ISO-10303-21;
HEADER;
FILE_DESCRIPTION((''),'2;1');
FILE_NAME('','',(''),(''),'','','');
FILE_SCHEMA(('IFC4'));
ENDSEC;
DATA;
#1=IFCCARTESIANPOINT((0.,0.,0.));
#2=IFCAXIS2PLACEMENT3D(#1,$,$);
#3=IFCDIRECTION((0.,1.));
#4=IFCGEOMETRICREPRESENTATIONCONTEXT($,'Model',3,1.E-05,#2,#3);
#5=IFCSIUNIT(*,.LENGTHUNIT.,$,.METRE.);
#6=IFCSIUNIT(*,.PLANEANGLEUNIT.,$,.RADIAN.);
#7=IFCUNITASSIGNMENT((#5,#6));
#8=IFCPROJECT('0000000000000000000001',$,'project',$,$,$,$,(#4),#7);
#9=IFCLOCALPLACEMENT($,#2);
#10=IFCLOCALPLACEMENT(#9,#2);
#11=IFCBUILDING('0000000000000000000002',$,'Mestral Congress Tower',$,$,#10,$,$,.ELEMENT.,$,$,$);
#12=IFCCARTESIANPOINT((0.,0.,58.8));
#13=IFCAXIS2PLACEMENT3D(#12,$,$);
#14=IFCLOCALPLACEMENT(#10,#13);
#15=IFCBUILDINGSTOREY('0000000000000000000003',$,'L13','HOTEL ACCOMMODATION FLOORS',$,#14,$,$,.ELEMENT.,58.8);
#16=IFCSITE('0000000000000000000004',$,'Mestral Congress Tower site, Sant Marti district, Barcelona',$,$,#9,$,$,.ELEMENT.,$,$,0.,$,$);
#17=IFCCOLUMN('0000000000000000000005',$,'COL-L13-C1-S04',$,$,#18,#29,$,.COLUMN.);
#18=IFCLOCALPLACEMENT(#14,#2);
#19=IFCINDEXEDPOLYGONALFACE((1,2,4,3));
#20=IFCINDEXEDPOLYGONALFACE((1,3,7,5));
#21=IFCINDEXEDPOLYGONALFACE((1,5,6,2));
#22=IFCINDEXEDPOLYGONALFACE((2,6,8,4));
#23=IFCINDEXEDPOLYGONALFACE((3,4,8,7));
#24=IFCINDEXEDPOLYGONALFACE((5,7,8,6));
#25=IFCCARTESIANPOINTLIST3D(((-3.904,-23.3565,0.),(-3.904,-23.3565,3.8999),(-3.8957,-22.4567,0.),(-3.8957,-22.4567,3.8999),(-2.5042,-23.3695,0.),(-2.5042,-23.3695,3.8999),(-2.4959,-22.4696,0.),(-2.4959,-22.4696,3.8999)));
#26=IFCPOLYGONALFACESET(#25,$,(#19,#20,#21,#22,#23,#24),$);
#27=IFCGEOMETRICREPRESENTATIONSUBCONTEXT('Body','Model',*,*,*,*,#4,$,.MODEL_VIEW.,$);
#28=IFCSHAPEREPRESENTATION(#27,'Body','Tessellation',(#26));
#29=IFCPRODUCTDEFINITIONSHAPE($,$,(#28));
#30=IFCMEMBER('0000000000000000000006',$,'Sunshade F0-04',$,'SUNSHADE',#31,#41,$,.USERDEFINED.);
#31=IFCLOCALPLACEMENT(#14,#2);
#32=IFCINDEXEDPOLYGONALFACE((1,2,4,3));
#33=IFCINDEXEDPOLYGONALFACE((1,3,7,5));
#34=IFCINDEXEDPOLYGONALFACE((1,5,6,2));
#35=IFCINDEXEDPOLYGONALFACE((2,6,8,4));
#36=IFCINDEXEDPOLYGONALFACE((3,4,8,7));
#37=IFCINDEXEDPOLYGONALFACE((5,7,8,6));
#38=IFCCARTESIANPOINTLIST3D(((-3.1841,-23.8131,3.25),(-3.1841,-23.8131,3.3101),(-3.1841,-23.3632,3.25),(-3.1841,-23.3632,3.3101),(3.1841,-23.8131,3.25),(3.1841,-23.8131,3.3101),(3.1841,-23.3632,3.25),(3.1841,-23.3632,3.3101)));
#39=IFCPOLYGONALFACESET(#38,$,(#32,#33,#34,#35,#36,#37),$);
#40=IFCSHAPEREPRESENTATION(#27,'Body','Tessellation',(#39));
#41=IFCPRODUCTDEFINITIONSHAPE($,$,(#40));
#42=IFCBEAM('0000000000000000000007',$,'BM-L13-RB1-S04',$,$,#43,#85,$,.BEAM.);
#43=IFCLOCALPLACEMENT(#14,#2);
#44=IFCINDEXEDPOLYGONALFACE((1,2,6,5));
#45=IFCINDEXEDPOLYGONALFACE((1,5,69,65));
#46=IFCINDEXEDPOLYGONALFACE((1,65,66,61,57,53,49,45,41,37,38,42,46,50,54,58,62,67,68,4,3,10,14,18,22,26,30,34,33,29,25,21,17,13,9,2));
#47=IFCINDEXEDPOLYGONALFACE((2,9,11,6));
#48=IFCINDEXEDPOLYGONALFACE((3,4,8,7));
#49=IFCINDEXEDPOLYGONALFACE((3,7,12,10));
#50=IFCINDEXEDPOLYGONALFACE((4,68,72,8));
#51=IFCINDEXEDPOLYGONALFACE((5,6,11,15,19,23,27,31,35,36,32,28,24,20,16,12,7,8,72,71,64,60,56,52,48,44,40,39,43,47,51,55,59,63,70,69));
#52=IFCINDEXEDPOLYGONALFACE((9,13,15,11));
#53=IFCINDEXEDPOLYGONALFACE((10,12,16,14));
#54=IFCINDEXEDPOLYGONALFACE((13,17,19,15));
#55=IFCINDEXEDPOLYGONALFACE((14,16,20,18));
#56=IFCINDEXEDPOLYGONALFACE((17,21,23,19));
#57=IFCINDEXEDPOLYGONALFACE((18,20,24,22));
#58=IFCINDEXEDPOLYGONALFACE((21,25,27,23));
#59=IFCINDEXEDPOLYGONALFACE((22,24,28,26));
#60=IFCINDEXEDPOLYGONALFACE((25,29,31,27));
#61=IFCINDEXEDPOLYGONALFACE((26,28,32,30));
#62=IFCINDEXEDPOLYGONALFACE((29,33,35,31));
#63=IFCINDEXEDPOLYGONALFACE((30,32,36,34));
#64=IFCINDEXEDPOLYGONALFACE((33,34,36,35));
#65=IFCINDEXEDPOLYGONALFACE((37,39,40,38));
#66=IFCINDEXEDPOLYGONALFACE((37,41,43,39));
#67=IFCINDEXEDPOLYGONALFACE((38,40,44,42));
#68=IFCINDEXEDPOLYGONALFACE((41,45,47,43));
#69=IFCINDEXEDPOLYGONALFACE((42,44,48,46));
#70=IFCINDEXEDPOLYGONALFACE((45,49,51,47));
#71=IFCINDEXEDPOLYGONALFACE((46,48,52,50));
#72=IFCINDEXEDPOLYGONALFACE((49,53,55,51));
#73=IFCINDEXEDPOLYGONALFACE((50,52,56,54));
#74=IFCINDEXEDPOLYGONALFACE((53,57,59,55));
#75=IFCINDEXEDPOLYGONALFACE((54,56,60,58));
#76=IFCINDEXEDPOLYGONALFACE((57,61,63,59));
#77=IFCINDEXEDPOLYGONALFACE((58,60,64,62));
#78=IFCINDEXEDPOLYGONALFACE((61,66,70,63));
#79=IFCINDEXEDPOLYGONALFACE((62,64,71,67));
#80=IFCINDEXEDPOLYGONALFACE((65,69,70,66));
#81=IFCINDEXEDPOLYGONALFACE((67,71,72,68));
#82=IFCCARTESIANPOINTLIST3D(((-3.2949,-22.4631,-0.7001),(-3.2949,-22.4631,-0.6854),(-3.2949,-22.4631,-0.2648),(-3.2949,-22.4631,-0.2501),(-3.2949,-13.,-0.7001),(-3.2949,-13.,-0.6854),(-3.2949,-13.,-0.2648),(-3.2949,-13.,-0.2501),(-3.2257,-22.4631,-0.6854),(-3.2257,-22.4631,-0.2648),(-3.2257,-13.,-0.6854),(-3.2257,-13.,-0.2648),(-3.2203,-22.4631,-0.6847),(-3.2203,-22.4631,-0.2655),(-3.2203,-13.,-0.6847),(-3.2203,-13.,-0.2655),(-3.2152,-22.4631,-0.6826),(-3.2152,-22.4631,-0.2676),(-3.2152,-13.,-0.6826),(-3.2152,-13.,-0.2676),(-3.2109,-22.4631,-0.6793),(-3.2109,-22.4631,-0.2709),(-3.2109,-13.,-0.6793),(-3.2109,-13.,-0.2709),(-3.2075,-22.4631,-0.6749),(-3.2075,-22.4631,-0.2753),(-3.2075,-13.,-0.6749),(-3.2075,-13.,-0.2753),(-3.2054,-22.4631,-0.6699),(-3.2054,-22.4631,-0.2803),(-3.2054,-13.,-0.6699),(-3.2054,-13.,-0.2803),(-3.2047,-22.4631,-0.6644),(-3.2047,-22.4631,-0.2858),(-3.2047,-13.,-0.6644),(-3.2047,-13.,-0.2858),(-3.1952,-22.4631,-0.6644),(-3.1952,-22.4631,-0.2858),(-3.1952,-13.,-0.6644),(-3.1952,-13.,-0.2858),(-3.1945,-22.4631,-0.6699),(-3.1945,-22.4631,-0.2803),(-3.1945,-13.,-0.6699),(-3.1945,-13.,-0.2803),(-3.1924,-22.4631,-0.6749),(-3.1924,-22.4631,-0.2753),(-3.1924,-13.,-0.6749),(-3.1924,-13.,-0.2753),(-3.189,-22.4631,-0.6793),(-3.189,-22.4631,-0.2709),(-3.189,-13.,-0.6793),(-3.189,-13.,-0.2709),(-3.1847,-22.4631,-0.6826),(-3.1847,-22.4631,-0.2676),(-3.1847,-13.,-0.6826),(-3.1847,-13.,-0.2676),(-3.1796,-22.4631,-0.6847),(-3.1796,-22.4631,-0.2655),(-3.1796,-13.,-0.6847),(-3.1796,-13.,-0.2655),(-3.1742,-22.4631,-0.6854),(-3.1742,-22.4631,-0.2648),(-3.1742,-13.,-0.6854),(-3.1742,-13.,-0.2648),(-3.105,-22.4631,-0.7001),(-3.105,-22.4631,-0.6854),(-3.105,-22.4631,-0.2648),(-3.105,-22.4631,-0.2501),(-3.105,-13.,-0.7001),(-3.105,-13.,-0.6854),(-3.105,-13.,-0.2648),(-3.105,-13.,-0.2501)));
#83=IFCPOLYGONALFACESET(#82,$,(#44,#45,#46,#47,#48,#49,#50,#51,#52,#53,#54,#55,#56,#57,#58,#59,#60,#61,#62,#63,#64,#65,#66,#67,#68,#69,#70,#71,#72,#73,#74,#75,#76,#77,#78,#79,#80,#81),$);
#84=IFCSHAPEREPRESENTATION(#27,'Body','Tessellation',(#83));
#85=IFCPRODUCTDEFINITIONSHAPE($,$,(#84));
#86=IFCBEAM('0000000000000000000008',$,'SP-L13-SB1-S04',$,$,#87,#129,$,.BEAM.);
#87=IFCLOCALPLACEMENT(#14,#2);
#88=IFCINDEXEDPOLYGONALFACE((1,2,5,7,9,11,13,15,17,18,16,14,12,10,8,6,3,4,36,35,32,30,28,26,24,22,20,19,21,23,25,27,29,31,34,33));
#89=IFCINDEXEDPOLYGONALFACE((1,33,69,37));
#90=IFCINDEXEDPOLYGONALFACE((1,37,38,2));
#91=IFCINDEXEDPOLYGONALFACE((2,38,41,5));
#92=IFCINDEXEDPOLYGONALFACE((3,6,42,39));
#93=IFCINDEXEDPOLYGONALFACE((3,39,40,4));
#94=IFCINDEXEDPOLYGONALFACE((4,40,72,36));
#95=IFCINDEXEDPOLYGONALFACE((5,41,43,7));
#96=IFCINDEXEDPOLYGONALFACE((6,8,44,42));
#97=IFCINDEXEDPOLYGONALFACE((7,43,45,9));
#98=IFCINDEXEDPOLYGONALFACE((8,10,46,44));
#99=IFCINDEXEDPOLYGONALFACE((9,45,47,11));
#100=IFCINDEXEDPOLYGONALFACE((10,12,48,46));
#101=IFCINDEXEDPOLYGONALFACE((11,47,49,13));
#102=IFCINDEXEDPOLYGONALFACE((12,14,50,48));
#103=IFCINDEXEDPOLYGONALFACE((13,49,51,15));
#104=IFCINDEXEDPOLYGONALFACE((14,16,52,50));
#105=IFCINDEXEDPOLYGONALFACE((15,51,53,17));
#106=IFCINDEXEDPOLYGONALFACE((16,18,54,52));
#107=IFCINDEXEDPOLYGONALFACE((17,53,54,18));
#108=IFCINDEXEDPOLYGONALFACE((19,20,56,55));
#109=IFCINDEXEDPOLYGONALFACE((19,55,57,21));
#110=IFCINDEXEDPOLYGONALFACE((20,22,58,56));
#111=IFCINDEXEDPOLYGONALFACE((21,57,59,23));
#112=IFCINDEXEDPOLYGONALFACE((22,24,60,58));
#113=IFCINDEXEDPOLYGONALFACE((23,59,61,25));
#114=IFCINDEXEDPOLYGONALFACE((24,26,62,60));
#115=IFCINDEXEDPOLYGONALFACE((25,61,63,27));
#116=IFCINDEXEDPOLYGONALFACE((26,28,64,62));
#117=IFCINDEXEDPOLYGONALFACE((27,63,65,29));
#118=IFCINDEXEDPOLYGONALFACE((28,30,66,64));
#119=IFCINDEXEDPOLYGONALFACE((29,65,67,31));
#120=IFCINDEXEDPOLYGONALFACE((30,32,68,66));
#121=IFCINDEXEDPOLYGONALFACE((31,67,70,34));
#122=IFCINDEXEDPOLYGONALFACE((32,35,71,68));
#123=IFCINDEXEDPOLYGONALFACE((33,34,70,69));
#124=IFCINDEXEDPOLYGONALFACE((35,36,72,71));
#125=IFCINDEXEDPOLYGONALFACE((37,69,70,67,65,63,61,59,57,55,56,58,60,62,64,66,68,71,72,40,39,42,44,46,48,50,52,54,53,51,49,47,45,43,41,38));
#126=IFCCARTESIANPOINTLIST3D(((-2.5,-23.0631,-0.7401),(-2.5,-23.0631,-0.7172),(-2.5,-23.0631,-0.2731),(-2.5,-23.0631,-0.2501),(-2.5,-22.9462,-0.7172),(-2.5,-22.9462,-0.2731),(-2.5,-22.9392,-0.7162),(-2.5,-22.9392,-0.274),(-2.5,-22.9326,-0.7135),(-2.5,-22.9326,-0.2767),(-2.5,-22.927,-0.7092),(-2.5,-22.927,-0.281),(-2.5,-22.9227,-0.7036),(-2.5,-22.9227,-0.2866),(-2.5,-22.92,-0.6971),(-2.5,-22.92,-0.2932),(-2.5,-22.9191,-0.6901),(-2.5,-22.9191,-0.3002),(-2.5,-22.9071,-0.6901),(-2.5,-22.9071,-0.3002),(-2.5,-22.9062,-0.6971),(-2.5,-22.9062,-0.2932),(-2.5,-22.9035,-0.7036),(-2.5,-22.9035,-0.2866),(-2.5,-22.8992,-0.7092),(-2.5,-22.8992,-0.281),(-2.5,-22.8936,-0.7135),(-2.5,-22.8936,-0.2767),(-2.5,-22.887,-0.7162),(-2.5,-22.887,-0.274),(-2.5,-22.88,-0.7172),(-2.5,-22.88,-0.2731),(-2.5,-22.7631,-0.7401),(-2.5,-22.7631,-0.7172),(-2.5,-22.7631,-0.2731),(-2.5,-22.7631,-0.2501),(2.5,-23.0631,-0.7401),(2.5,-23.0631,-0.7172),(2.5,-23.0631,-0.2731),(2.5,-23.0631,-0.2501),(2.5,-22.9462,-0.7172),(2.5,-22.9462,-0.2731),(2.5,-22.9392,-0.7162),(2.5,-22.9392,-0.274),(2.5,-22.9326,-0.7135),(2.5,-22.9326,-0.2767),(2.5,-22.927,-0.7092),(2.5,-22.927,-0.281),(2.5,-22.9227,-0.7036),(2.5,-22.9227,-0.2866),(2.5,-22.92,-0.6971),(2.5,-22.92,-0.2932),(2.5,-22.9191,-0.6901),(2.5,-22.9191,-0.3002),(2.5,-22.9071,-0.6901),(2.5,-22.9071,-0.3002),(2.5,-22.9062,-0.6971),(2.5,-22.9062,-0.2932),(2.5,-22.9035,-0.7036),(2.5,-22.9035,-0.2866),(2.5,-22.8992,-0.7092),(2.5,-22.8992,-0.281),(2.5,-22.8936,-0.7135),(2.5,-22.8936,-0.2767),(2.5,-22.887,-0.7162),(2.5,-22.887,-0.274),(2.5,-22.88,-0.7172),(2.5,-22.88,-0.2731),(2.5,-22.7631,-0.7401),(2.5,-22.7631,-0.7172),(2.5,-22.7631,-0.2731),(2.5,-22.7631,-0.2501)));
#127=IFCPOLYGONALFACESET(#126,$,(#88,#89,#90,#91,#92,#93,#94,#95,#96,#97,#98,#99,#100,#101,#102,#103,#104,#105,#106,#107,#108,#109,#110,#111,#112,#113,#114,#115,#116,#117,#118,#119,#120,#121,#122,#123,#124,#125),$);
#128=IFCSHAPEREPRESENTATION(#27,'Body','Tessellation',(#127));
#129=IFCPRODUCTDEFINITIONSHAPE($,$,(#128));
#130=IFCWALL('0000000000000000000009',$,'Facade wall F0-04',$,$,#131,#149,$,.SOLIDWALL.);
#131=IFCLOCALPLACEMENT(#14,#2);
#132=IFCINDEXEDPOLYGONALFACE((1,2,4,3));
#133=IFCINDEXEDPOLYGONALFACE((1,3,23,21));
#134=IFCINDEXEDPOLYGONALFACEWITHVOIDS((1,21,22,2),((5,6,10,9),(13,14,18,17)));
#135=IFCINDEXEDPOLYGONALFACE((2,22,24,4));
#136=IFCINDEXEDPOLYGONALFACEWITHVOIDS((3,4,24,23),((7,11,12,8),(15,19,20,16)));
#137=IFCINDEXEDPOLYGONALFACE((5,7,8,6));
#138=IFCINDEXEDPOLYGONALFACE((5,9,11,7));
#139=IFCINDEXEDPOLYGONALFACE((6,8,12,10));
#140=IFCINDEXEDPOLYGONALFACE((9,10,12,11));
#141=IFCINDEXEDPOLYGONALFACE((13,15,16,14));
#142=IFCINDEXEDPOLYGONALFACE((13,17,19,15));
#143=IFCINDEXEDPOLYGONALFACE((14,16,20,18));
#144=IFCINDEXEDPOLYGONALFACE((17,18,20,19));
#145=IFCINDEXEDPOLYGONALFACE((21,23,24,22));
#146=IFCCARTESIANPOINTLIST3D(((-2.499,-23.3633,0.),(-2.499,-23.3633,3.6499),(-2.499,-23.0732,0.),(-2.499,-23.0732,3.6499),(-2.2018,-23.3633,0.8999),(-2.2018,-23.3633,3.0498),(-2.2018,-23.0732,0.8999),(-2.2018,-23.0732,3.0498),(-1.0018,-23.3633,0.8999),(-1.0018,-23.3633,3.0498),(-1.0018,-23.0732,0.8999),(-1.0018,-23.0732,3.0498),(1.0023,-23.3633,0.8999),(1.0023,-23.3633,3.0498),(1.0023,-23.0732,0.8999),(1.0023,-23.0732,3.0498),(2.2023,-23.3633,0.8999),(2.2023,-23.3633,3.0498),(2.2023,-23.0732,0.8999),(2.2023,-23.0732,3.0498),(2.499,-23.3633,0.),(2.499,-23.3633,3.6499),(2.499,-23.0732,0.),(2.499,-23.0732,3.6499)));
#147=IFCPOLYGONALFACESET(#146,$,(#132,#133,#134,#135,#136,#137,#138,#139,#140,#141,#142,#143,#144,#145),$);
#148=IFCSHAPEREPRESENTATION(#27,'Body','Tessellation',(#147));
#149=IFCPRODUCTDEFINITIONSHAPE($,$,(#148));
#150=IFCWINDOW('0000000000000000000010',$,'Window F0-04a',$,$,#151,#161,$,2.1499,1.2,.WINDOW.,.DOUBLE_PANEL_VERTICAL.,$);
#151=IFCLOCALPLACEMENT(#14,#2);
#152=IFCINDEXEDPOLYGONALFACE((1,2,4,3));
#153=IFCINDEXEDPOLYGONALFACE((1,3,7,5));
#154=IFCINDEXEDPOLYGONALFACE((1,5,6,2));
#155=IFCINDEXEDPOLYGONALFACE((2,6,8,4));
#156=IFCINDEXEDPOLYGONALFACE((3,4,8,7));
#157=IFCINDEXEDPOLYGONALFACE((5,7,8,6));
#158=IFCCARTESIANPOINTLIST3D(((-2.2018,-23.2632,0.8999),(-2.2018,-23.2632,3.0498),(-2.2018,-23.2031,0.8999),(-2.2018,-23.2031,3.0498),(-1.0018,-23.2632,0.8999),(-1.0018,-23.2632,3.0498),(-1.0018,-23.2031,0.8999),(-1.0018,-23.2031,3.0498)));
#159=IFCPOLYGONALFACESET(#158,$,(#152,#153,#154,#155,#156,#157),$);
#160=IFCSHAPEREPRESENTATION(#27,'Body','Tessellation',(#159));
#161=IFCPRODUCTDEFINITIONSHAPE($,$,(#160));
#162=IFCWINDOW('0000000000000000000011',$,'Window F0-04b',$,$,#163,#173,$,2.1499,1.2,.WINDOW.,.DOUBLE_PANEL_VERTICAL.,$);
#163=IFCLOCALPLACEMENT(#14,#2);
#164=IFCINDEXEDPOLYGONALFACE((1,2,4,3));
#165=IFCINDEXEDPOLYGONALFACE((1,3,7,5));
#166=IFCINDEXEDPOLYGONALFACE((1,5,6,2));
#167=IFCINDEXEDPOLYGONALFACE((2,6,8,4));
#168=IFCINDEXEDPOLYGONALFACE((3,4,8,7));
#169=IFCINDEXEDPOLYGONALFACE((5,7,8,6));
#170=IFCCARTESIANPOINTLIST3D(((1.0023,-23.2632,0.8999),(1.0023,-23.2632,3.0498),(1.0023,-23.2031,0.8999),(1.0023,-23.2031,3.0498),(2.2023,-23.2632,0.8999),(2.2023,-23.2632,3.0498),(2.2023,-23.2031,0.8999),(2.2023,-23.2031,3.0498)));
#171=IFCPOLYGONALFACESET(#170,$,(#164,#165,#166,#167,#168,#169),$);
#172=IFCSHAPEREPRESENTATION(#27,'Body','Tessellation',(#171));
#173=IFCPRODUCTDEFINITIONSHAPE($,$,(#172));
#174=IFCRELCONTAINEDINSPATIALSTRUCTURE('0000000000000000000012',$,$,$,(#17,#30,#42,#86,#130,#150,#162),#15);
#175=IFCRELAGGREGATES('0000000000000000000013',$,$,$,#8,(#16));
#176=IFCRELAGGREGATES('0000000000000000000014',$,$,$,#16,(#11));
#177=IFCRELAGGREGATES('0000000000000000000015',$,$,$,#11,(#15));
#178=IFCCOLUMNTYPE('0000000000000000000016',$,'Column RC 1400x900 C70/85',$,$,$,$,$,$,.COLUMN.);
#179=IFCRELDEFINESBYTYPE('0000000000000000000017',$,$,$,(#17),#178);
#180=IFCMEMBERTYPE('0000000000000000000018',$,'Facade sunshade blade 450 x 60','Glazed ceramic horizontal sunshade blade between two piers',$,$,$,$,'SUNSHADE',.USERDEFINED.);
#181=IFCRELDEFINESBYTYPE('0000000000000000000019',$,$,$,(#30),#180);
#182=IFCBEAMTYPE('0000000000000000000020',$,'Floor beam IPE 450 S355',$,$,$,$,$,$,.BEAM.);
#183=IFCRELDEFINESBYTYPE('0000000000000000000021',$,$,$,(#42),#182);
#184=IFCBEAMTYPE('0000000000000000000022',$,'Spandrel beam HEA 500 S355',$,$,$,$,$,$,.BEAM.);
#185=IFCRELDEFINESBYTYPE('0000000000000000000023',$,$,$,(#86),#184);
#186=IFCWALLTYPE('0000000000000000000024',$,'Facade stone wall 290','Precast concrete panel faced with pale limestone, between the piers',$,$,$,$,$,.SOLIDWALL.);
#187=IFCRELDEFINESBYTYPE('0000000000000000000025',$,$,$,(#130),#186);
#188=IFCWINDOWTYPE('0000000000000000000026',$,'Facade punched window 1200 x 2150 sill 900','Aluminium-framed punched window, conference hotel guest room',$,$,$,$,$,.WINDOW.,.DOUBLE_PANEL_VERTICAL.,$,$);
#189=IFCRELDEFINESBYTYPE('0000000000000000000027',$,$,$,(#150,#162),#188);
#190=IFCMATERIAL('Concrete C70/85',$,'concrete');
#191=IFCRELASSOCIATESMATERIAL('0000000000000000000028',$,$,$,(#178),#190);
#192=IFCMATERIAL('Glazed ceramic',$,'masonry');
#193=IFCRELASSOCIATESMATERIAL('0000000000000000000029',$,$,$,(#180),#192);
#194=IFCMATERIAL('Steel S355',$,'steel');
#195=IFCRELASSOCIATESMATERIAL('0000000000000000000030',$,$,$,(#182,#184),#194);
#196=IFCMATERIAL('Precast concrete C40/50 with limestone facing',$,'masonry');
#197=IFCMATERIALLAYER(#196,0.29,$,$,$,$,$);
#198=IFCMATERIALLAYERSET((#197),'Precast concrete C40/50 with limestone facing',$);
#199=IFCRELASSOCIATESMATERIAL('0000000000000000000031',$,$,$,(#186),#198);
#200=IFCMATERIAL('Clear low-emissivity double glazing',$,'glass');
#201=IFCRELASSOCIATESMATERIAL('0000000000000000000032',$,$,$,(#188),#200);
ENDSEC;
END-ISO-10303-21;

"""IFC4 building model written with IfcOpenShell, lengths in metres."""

from ifc_helpers import new_model, si_unit, direction, frame, frame_2d, origin, origin_2d, place, context, subcontext, project, spatial, rectangle, i_section, extrude, material, layer, layer_set, material_profile, profile_set, type_object, element, fill, save


model = new_model("IFC4")

# Units and contexts
model_context = context("Model", 3, precision=1e-05, world=origin(), true_north=direction((0.0, 1.0)))
body_context = subcontext(model_context, "Body", "Model", "MODEL_VIEW")
ifc_project = project(units=[si_unit("LENGTHUNIT", "METRE"), si_unit("PLANEANGLEUNIT", "RADIAN")], contexts=[model_context])

# Site, building, storey
site_placement = place(None, origin())
site = spatial("IfcSite", under=ifc_project, at=site_placement, Name="Mestral Congress Tower site, Sant Marti district, Barcelona", CompositionType="ELEMENT", RefElevation=0.0)
building_placement = place(site_placement, origin())
building = spatial("IfcBuilding", under=site, at=building_placement, Name="Mestral Congress Tower", CompositionType="ELEMENT")
storey_placement = place(building_placement, frame((0.0, 0.0, 58.8)))
storey = spatial("IfcBuildingStorey", under=building, at=storey_placement, Name="L13", Description="HOTEL ACCOMMODATION FLOORS", CompositionType="ELEMENT", Elevation=58.8)

# Column
ifc_material_1 = material(Name="Concrete C70/85", Category="concrete")
ifc_material_profile_1 = material_profile(ifc_material_1, rectangle(XDim=1.3999, YDim=0.8999, at=origin_2d()), Name="RC 1400x900")
ifc_profile_set_1 = profile_set([ifc_material_profile_1], Name="Concrete C70/85")
column_type = type_object("IfcColumnType", Name="Column RC 1400x900 C70/85", PredefinedType="COLUMN", material=ifc_profile_set_1)
column_placement = place(storey_placement, frame((-3.2, -22.9131, 0.0), z_axis=(0.0, 0.0, 1.0), x_axis=(0.999957, -0.009243, 0.0)))
element("IfcColumn", 1, at=column_placement, inside=storey, type_object=column_type, Name="COL-L13-C1-S04", PredefinedType="COLUMN", context=body_context, shape_type="SweptSolid", body=[
    extrude(rectangle(XDim=1.3999, YDim=0.8999, at=origin_2d()), origin(), (0.0, 0.0, 1.0), 3.8999),
])

# Member
ifc_material_2 = material(Name="Glazed ceramic", Category="masonry")
ifc_material_profile_2 = material_profile(ifc_material_2, rectangle(XDim=0.45, YDim=0.0601, at=origin_2d()), Name="Ceramic blade 450 x 60")
ifc_profile_set_2 = profile_set([ifc_material_profile_2], Name="Glazed ceramic")
member_type = type_object("IfcMemberType", Name="Facade sunshade blade 450 x 60", Description="Glazed ceramic horizontal sunshade blade between two piers", ElementType="SUNSHADE", PredefinedType="USERDEFINED", material=ifc_profile_set_2)
member_placement = place(storey_placement, frame((-3.1841, -23.5881, 3.28), z_axis=(1.0, 0.0, 0.0), x_axis=(0.0, 1.0, 0.0)))
element("IfcMember", 2, at=member_placement, inside=storey, type_object=member_type, Name="Sunshade F0-04", ObjectType="SUNSHADE", PredefinedType="USERDEFINED", context=body_context, shape_type="SweptSolid", body=[
    extrude(rectangle(XDim=0.45, YDim=0.0601, at=origin_2d()), origin(), (0.0, 0.0, 1.0), 6.3682),
])

# Beams
ifc_material_3 = material(Name="Steel S355", Category="steel")
ifc_material_profile_3 = material_profile(ifc_material_3, i_section(OverallWidth=0.1899, OverallDepth=0.45, WebThickness=0.0095, FlangeThickness=0.0146, FilletRadius=0.021, at=origin_2d()), Name="IPE 450")
ifc_profile_set_3 = profile_set([ifc_material_profile_3], Name="Steel S355")
beam_type_1 = type_object("IfcBeamType", Name="Floor beam IPE 450 S355", PredefinedType="BEAM", material=ifc_profile_set_3)
beam_1_placement = place(storey_placement, frame((-3.2, -22.4631, -0.4751), z_axis=(0.0, 1.0, 0.0), x_axis=(-1.0, 0.0, 0.0)))
element("IfcBeam", 3, at=beam_1_placement, inside=storey, type_object=beam_type_1, Name="BM-L13-RB1-S04", PredefinedType="BEAM", context=body_context, shape_type="SweptSolid", body=[
    extrude(i_section(OverallWidth=0.1899, OverallDepth=0.45, WebThickness=0.0095, FlangeThickness=0.0146, FilletRadius=0.021, at=origin_2d()), origin(), (0.0, 0.0, 1.0), 9.4631),
])
ifc_material_profile_4 = material_profile(ifc_material_3, i_section(OverallWidth=0.3, OverallDepth=0.49, WebThickness=0.012, FlangeThickness=0.0229, FilletRadius=0.0271, at=origin_2d()), Name="HEA 500")
ifc_profile_set_4 = profile_set([ifc_material_profile_4], Name="Steel S355")
beam_type_2 = type_object("IfcBeamType", Name="Spandrel beam HEA 500 S355", PredefinedType="BEAM", material=ifc_profile_set_4)
beam_2_placement = place(storey_placement, frame((-2.5, -22.9131, -0.4951), z_axis=(1.0, 0.0, 0.0), x_axis=(0.0, 1.0, 0.0)))
element("IfcBeam", 4, at=beam_2_placement, inside=storey, type_object=beam_type_2, Name="SP-L13-SB1-S04", PredefinedType="BEAM", context=body_context, shape_type="SweptSolid", body=[
    extrude(i_section(OverallWidth=0.3, OverallDepth=0.49, WebThickness=0.012, FlangeThickness=0.0229, FilletRadius=0.0271, at=origin_2d()), origin(), (0.0, 0.0, 1.0), 5.0),
])

# Wall, openings, windows
ifc_material_4 = material(Name="Precast concrete C40/50 with limestone facing", Category="masonry")
ifc_layer_1 = layer(ifc_material_4, 0.29)
ifc_layer_set_1 = layer_set([ifc_layer_1], Name="Precast concrete C40/50 with limestone facing")
wall_type_1 = type_object("IfcWallType", Name="Facade stone wall 290", Description="Precast concrete panel faced with pale limestone, between the piers", PredefinedType="SOLIDWALL", material=ifc_layer_set_1)
wall_1_placement = place(storey_placement, frame((-2.499, -23.2183, 0.0), z_axis=(0.0, 0.0, 1.0), x_axis=(1.0, 0.0, 0.0)))
wall_1 = element("IfcWall", 5, at=wall_1_placement, inside=storey, type_object=wall_type_1, Name="Facade wall F0-04", PredefinedType="SOLIDWALL", context=body_context, shape_type="SweptSolid", body=[
    extrude(rectangle(XDim=4.998, YDim=0.29, at=frame_2d((2.499, 0.0))), origin(), (0.0, 0.0, 1.0), 3.6499),
])
opening_1_placement = place(wall_1_placement, frame((0.2971, 0.0, 0.8999)))
opening_1 = element("IfcOpeningElement", 6, at=opening_1_placement, cuts=wall_1, PredefinedType="OPENING", context=body_context, shape_type="SweptSolid", body=[
    extrude(rectangle(XDim=1.2, YDim=2.1499, at=frame_2d((0.6001, 1.075))), frame((0.0, 0.155, 0.0), z_axis=(0.0, -1.0, 0.0), x_axis=(1.0, 0.0, 0.0)), (0.0, 0.0, 1.0), 0.3101),
])
opening_2_placement = place(wall_1_placement, frame((3.5012, 0.0, 0.8999)))
opening_2 = element("IfcOpeningElement", 7, at=opening_2_placement, cuts=wall_1, PredefinedType="OPENING", context=body_context, shape_type="SweptSolid", body=[
    extrude(rectangle(XDim=1.2, YDim=2.1499, at=frame_2d((0.6001, 1.075))), frame((0.0, 0.155, 0.0), z_axis=(0.0, -1.0, 0.0), x_axis=(1.0, 0.0, 0.0)), (0.0, 0.0, 1.0), 0.3101),
])
ifc_material_5 = material(Name="Clear low-emissivity double glazing", Category="glass")
window_type = type_object("IfcWindowType", Name="Facade punched window 1200 x 2150 sill 900", Description="Aluminium-framed punched window, conference hotel guest room", PartitioningType="DOUBLE_PANEL_VERTICAL", PredefinedType="WINDOW", material=ifc_material_5)
window_1_placement = place(opening_1_placement, origin())
window_1 = element("IfcWindow", 8, at=window_1_placement, inside=storey, type_object=window_type, Name="Window F0-04a", OverallHeight=2.1499, OverallWidth=1.2, PartitioningType="DOUBLE_PANEL_VERTICAL", PredefinedType="WINDOW", context=body_context, shape_type="SweptSolid", body=[
    extrude(rectangle(XDim=1.2, YDim=2.1499, at=frame_2d((0.6001, 1.075))), frame((0.0, 0.0151, 0.0), z_axis=(0.0, -1.0, 0.0), x_axis=(1.0, 0.0, 0.0)), (0.0, 0.0, 1.0), 0.0601),
])
fill(opening_1, window_1)
window_2_placement = place(opening_2_placement, origin())
window_2 = element("IfcWindow", 9, at=window_2_placement, inside=storey, type_object=window_type, Name="Window F0-04b", OverallHeight=2.1499, OverallWidth=1.2, PartitioningType="DOUBLE_PANEL_VERTICAL", PredefinedType="WINDOW", context=body_context, shape_type="SweptSolid", body=[
    extrude(rectangle(XDim=1.2, YDim=2.1499, at=frame_2d((0.6001, 1.075))), frame((0.0, 0.0151, 0.0), z_axis=(0.0, -1.0, 0.0), x_axis=(1.0, 0.0, 0.0)), (0.0, 0.0, 1.0), 0.0601),
])
fill(opening_2, window_2)

save(model, "model.ifc")
